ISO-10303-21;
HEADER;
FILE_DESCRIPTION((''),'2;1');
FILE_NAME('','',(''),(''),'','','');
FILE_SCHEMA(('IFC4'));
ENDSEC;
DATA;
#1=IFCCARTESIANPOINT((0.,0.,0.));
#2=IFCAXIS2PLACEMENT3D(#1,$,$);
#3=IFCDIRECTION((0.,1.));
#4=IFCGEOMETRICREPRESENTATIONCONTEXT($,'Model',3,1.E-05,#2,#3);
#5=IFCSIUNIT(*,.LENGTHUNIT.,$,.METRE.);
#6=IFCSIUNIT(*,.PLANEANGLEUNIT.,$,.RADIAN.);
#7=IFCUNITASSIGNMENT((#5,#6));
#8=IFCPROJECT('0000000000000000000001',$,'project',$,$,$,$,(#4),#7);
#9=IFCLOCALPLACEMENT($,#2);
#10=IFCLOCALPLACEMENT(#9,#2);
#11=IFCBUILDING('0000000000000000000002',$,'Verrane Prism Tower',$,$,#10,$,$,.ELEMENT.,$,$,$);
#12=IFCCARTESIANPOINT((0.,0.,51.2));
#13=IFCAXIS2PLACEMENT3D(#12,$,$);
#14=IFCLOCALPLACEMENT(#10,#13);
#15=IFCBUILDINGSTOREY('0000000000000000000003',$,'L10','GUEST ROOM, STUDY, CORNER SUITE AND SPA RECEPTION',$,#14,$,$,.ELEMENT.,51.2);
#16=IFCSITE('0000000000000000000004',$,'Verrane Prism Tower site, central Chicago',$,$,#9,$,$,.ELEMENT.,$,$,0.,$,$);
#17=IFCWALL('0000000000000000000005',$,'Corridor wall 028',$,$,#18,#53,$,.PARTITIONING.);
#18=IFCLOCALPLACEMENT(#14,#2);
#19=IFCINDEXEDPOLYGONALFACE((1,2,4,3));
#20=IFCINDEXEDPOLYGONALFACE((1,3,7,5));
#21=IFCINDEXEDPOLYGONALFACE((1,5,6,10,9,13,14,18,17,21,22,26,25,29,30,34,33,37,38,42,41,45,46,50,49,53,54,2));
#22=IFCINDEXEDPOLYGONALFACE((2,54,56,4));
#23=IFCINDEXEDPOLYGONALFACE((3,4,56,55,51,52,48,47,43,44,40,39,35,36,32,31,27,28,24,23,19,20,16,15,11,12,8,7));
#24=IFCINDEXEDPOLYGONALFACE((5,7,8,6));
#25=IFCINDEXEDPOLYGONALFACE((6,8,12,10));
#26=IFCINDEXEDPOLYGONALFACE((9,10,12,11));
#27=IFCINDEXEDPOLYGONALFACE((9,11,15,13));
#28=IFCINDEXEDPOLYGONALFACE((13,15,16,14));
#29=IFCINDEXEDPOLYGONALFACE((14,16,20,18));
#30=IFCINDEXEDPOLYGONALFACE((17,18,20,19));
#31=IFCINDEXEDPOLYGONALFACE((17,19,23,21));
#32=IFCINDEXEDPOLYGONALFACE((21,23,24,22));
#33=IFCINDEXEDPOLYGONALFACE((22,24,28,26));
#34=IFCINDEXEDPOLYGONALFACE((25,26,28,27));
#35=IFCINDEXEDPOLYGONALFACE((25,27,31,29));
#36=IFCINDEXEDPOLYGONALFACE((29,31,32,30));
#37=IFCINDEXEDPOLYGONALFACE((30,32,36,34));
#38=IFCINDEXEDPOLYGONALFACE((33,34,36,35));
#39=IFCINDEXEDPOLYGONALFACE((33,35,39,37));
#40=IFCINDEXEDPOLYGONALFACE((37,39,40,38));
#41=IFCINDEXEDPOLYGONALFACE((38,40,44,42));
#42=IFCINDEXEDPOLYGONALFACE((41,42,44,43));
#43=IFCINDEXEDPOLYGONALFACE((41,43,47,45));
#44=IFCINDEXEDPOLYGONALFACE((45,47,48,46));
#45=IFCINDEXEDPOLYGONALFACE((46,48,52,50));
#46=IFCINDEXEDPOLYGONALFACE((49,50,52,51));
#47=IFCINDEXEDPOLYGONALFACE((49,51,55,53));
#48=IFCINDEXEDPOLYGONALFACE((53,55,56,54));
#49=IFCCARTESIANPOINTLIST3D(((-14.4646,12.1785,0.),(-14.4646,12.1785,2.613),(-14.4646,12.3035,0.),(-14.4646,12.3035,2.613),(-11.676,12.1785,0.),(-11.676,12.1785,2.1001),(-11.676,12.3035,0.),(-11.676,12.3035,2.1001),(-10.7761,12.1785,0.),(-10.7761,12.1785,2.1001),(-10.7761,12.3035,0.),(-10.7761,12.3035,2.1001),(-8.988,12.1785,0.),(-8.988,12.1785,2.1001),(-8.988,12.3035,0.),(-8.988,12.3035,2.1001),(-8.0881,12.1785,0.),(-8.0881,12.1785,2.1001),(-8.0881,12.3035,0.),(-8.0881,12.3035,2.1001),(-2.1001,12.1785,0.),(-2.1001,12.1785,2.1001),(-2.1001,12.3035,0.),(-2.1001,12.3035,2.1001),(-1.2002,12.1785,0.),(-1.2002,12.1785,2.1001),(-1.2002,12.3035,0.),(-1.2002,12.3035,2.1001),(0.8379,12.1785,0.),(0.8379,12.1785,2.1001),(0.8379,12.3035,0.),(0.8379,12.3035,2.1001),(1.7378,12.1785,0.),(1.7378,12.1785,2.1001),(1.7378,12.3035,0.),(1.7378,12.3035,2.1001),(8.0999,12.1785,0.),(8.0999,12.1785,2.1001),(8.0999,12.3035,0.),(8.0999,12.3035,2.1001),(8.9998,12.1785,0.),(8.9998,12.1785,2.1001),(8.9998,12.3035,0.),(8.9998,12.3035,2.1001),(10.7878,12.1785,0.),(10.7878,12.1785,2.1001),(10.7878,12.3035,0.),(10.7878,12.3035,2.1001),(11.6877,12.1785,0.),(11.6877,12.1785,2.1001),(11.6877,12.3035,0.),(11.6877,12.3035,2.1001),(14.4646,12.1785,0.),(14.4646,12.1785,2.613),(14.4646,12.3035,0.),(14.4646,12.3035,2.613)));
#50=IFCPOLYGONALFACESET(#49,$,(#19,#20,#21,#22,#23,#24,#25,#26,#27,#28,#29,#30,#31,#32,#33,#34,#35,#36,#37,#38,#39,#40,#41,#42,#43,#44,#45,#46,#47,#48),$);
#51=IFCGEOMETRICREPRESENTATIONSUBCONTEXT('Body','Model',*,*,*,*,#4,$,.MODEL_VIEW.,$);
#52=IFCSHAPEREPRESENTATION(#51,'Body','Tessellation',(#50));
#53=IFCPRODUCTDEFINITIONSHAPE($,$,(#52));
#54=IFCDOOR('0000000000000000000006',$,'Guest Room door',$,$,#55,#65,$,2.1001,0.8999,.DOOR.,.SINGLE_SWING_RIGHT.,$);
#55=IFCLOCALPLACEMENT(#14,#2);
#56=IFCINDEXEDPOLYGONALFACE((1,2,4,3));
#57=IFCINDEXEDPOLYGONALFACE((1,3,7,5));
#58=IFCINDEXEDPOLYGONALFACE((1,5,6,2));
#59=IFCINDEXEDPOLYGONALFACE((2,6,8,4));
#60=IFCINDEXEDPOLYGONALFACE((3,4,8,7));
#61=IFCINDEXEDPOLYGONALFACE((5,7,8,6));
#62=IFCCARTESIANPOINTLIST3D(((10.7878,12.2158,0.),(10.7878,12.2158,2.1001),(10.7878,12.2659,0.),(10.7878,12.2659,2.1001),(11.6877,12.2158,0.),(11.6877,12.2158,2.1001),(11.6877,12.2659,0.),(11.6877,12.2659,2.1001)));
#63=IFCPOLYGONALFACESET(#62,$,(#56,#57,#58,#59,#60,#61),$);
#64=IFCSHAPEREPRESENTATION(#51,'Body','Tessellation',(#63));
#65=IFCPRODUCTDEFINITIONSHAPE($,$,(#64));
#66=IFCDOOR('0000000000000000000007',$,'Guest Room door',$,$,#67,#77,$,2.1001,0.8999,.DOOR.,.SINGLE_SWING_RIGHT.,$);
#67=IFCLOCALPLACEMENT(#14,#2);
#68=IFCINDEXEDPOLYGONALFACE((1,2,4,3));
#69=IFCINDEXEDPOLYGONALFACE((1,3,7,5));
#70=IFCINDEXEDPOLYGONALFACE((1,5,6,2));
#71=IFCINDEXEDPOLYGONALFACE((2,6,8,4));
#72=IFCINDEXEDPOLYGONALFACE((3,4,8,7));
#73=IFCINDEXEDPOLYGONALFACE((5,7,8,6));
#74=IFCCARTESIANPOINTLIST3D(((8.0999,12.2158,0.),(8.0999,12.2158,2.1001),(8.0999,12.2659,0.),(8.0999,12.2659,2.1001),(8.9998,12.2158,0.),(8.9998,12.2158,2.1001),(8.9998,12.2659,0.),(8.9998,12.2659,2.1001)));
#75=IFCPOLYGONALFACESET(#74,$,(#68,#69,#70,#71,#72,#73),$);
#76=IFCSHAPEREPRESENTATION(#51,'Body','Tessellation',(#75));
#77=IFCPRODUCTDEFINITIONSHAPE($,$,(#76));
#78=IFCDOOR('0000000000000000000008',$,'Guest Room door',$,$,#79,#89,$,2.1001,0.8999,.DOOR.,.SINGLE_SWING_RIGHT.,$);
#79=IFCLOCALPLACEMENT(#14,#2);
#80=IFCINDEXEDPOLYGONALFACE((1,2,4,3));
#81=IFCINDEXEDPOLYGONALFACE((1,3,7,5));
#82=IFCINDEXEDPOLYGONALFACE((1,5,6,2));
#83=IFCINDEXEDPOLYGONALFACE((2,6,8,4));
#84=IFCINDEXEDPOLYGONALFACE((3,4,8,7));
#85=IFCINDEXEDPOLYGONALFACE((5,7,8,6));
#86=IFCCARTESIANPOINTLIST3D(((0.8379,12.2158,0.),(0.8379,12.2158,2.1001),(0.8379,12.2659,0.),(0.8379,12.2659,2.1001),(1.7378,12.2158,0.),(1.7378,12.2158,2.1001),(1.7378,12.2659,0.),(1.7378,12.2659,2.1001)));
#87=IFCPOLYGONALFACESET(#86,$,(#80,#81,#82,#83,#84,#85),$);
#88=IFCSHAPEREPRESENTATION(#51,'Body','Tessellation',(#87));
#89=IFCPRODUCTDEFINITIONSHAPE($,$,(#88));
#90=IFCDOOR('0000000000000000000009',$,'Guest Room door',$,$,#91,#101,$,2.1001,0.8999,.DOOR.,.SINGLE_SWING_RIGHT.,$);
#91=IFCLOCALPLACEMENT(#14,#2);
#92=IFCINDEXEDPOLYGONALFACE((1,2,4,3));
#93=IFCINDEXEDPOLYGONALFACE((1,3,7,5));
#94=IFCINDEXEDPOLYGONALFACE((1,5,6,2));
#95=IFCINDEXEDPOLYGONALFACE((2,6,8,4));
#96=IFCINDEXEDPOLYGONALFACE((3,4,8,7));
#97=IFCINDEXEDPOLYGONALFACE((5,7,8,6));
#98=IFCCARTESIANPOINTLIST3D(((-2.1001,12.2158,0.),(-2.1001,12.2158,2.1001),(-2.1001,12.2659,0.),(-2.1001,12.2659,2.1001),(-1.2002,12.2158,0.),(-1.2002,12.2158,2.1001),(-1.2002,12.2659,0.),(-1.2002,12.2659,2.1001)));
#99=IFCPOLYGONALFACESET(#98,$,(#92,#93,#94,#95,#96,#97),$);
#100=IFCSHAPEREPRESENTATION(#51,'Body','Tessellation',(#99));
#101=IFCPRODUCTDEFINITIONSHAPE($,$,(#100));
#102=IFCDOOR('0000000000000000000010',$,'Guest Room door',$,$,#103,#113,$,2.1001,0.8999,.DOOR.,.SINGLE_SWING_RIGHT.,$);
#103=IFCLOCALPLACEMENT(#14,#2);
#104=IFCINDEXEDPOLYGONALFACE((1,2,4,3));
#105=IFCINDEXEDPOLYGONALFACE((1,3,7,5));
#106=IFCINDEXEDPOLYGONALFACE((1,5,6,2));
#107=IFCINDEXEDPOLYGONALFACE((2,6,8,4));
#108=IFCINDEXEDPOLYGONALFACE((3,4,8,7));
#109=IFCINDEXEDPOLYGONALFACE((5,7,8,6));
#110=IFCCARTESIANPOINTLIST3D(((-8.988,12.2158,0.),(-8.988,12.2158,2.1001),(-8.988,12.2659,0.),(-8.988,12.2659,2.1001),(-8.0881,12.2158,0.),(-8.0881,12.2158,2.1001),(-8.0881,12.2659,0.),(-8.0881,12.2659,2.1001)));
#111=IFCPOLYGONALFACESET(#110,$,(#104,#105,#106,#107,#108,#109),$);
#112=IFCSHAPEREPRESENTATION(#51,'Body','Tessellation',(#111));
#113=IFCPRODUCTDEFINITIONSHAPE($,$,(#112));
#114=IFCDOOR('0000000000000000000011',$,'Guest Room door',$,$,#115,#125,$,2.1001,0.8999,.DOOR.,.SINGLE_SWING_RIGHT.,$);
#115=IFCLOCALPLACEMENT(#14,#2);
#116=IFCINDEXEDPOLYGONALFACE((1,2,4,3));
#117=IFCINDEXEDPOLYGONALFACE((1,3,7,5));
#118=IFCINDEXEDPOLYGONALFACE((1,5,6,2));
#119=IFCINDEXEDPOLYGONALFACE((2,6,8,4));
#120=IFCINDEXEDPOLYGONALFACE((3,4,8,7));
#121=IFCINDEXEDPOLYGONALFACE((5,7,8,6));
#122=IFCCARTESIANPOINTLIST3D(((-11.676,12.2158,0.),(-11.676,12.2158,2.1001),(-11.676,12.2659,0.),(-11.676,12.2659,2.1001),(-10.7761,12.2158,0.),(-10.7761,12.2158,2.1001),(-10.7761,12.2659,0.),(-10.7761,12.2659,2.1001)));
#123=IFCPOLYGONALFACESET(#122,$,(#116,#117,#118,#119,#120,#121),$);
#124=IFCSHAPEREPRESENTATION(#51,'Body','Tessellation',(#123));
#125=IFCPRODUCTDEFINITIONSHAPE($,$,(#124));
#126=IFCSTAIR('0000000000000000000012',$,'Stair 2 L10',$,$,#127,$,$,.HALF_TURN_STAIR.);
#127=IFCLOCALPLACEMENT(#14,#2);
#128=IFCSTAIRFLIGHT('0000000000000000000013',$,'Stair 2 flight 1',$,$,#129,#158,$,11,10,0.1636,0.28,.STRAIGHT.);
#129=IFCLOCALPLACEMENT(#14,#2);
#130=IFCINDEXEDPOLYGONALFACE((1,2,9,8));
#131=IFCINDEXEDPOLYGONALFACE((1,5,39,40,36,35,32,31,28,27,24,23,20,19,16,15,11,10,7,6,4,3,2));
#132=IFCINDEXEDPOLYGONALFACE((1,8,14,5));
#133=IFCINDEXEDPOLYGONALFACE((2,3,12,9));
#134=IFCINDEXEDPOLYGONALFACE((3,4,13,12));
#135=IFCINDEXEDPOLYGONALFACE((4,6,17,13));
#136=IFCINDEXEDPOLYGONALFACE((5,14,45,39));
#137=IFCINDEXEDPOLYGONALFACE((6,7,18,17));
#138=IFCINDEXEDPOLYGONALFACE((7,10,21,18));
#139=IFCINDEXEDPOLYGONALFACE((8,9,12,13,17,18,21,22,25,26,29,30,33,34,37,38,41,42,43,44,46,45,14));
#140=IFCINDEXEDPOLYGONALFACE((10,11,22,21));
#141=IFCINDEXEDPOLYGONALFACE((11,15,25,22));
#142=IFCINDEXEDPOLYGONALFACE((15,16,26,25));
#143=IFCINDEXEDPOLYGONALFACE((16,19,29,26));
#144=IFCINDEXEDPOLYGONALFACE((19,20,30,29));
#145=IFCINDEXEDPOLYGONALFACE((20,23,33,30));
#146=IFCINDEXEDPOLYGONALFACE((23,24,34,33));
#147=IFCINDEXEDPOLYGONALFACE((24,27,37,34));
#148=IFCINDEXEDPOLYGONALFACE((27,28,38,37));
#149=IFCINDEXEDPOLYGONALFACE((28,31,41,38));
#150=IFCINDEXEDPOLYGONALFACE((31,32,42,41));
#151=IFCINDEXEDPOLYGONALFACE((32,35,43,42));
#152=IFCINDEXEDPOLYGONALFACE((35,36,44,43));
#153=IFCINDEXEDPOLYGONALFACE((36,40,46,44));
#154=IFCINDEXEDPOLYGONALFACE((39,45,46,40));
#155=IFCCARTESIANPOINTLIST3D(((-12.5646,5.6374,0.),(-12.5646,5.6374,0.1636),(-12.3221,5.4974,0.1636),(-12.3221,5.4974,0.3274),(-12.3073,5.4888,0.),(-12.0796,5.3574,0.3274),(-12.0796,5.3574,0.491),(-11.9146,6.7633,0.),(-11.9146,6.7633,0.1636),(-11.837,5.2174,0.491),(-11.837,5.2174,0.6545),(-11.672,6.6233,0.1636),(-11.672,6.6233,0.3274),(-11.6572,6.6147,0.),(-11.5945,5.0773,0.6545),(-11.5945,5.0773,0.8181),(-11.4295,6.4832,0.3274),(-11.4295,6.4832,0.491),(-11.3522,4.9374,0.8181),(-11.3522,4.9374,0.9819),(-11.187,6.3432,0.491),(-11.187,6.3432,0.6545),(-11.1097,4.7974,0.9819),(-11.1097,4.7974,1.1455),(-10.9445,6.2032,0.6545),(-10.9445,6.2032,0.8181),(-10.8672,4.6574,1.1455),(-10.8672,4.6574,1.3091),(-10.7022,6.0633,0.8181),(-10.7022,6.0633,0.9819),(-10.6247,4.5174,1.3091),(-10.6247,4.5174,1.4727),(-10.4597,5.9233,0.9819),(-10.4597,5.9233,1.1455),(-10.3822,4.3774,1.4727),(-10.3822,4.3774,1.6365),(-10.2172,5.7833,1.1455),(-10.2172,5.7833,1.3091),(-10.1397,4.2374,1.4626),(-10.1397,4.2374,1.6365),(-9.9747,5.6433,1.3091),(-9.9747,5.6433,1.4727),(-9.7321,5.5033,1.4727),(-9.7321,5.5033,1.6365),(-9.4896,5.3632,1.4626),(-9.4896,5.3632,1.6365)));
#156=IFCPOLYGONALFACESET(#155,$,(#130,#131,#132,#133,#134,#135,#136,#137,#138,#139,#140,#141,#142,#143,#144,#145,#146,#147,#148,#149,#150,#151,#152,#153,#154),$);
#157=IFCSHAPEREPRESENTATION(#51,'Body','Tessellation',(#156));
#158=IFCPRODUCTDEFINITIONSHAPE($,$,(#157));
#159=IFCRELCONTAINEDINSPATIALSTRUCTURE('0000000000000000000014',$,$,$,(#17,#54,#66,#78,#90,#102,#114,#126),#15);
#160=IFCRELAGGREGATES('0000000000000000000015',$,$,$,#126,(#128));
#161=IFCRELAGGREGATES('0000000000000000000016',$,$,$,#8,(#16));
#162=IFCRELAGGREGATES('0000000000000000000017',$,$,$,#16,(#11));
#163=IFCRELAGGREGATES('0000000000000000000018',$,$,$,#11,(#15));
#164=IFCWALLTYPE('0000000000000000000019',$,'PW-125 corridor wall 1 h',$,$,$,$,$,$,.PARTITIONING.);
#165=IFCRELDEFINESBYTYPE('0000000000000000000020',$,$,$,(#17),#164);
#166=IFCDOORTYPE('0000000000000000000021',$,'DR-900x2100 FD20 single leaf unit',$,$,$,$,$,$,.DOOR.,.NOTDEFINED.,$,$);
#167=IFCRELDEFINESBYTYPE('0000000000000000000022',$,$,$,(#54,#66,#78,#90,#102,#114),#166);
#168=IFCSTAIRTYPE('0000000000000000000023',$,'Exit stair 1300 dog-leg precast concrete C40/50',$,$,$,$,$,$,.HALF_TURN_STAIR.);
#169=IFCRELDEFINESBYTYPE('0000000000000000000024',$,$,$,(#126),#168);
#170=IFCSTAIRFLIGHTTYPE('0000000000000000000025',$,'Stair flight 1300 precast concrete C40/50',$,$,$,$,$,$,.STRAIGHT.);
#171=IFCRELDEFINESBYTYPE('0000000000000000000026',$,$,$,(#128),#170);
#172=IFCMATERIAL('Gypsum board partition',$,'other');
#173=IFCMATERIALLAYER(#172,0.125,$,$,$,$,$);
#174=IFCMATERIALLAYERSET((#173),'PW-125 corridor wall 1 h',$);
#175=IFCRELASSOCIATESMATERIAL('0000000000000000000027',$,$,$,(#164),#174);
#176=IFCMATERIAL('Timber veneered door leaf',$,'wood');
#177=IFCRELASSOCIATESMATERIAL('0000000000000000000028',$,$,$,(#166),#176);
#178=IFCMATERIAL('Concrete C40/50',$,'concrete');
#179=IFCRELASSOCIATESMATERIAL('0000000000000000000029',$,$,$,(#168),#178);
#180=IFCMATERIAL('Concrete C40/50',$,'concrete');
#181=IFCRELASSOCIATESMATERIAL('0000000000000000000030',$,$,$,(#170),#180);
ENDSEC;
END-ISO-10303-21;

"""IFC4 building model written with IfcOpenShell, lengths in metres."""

from ifc_helpers import new_model, si_unit, direction, frame, frame_2d, origin, place, context, subcontext, project, spatial, polyline, rectangle, outline, extrude, material, layer, layer_set, type_object, element, fill, aggregate, save


model = new_model("IFC4")

# Units and contexts
model_context = context("Model", 3, precision=1e-05, world=origin(), true_north=direction((0.0, 1.0)))
body_context = subcontext(model_context, "Body", "Model", "MODEL_VIEW")
ifc_project = project(units=[si_unit("LENGTHUNIT", "METRE"), si_unit("PLANEANGLEUNIT", "RADIAN")], contexts=[model_context])

# Site, building, storey
site_placement = place(None, origin())
site = spatial("IfcSite", under=ifc_project, at=site_placement, Name="Verrane Prism Tower site, central Chicago", CompositionType="ELEMENT", RefElevation=0.0)
building_placement = place(site_placement, origin())
building = spatial("IfcBuilding", under=site, at=building_placement, Name="Verrane Prism Tower", CompositionType="ELEMENT")
storey_placement = place(building_placement, frame((0.0, 0.0, 51.2)))
storey = spatial("IfcBuildingStorey", under=building, at=storey_placement, Name="L10", Description="GUEST ROOM, STUDY, CORNER SUITE AND SPA RECEPTION", CompositionType="ELEMENT", Elevation=51.2)

# Wall, openings, doors
ifc_material_1 = material(Name="Gypsum board partition", Category="other")
ifc_layer_1 = layer(ifc_material_1, 0.125)
ifc_layer_set_1 = layer_set([ifc_layer_1], Name="PW-125 corridor wall 1 h")
wall_type_1 = type_object("IfcWallType", Name="PW-125 corridor wall 1 h", PredefinedType="PARTITIONING", material=ifc_layer_set_1)
wall_1_placement = place(storey_placement, frame((-14.4646, 12.241, 0.0), z_axis=(0.0, 0.0, 1.0), x_axis=(1.0, 0.0, 0.0)))
wall_1 = element("IfcWall", 1, at=wall_1_placement, inside=storey, type_object=wall_type_1, Name="Corridor wall 028", PredefinedType="PARTITIONING", context=body_context, shape_type="SweptSolid", body=[
    extrude(rectangle(XDim=28.9292, YDim=0.125, at=frame_2d((14.4646, 0.0))), origin(), (0.0, 0.0, 1.0), 2.613),
])
opening_1_placement = place(wall_1_placement, frame((25.2524, 0.0, 0.0)))
opening_1 = element("IfcOpeningElement", 2, at=opening_1_placement, cuts=wall_1, PredefinedType="OPENING", context=body_context, shape_type="SweptSolid", body=[
    extrude(rectangle(XDim=0.8999, YDim=2.1001, at=frame_2d((0.45, 1.05))), frame((0.0, 0.0725, 0.0), z_axis=(0.0, -1.0, 0.0), x_axis=(1.0, 0.0, 0.0)), (0.0, 0.0, 1.0), 0.145),
])
opening_2_placement = place(wall_1_placement, frame((22.5645, 0.0, 0.0)))
opening_2 = element("IfcOpeningElement", 3, at=opening_2_placement, cuts=wall_1, PredefinedType="OPENING", context=body_context, shape_type="SweptSolid", body=[
    extrude(rectangle(XDim=0.8999, YDim=2.1001, at=frame_2d((0.45, 1.05))), frame((0.0, 0.0725, 0.0), z_axis=(0.0, -1.0, 0.0), x_axis=(1.0, 0.0, 0.0)), (0.0, 0.0, 1.0), 0.145),
])
opening_3_placement = place(wall_1_placement, frame((15.3025, 0.0, 0.0)))
opening_3 = element("IfcOpeningElement", 4, at=opening_3_placement, cuts=wall_1, PredefinedType="OPENING", context=body_context, shape_type="SweptSolid", body=[
    extrude(rectangle(XDim=0.8999, YDim=2.1001, at=frame_2d((0.45, 1.05))), frame((0.0, 0.0725, 0.0), z_axis=(0.0, -1.0, 0.0), x_axis=(1.0, 0.0, 0.0)), (0.0, 0.0, 1.0), 0.145),
])
opening_4_placement = place(wall_1_placement, frame((12.3645, 0.0, 0.0)))
opening_4 = element("IfcOpeningElement", 5, at=opening_4_placement, cuts=wall_1, PredefinedType="OPENING", context=body_context, shape_type="SweptSolid", body=[
    extrude(rectangle(XDim=0.8999, YDim=2.1001, at=frame_2d((0.45, 1.05))), frame((0.0, 0.0725, 0.0), z_axis=(0.0, -1.0, 0.0), x_axis=(1.0, 0.0, 0.0)), (0.0, 0.0, 1.0), 0.145),
])
opening_5_placement = place(wall_1_placement, frame((5.4766, 0.0, 0.0)))
opening_5 = element("IfcOpeningElement", 6, at=opening_5_placement, cuts=wall_1, PredefinedType="OPENING", context=body_context, shape_type="SweptSolid", body=[
    extrude(rectangle(XDim=0.8999, YDim=2.1001, at=frame_2d((0.45, 1.05))), frame((0.0, 0.0725, 0.0), z_axis=(0.0, -1.0, 0.0), x_axis=(1.0, 0.0, 0.0)), (0.0, 0.0, 1.0), 0.145),
])
opening_6_placement = place(wall_1_placement, frame((2.7886, 0.0, 0.0)))
opening_6 = element("IfcOpeningElement", 7, at=opening_6_placement, cuts=wall_1, PredefinedType="OPENING", context=body_context, shape_type="SweptSolid", body=[
    extrude(rectangle(XDim=0.8999, YDim=2.1001, at=frame_2d((0.45, 1.05))), frame((0.0, 0.0725, 0.0), z_axis=(0.0, -1.0, 0.0), x_axis=(1.0, 0.0, 0.0)), (0.0, 0.0, 1.0), 0.145),
])
ifc_material_2 = material(Name="Timber veneered door leaf", Category="wood")
door_type = type_object("IfcDoorType", Name="DR-900x2100 FD20 single leaf unit", OperationType="NOTDEFINED", PredefinedType="DOOR", material=ifc_material_2)
door_1_placement = place(opening_1_placement, origin())
door_1 = element("IfcDoor", 8, at=door_1_placement, inside=storey, type_object=door_type, Name="Guest Room door", OperationType="SINGLE_SWING_RIGHT", OverallHeight=2.1001, OverallWidth=0.8999, PredefinedType="DOOR", context=body_context, shape_type="SweptSolid", body=[
    extrude(rectangle(XDim=0.8999, YDim=2.1001, at=frame_2d((0.45, 1.05))), frame((0.0, 0.0249, 0.0), z_axis=(0.0, -1.0, 0.0), x_axis=(1.0, 0.0, 0.0)), (0.0, 0.0, 1.0), 0.05),
])
fill(opening_1, door_1)
door_2_placement = place(opening_2_placement, origin())
door_2 = element("IfcDoor", 9, at=door_2_placement, inside=storey, type_object=door_type, Name="Guest Room door", OperationType="SINGLE_SWING_RIGHT", OverallHeight=2.1001, OverallWidth=0.8999, PredefinedType="DOOR", context=body_context, shape_type="SweptSolid", body=[
    extrude(rectangle(XDim=0.8999, YDim=2.1001, at=frame_2d((0.45, 1.05))), frame((0.0, 0.0249, 0.0), z_axis=(0.0, -1.0, 0.0), x_axis=(1.0, 0.0, 0.0)), (0.0, 0.0, 1.0), 0.05),
])
fill(opening_2, door_2)
door_3_placement = place(opening_3_placement, origin())
door_3 = element("IfcDoor", 10, at=door_3_placement, inside=storey, type_object=door_type, Name="Guest Room door", OperationType="SINGLE_SWING_RIGHT", OverallHeight=2.1001, OverallWidth=0.8999, PredefinedType="DOOR", context=body_context, shape_type="SweptSolid", body=[
    extrude(rectangle(XDim=0.8999, YDim=2.1001, at=frame_2d((0.45, 1.05))), frame((0.0, 0.0249, 0.0), z_axis=(0.0, -1.0, 0.0), x_axis=(1.0, 0.0, 0.0)), (0.0, 0.0, 1.0), 0.05),
])
fill(opening_3, door_3)
door_4_placement = place(opening_4_placement, origin())
door_4 = element("IfcDoor", 11, at=door_4_placement, inside=storey, type_object=door_type, Name="Guest Room door", OperationType="SINGLE_SWING_RIGHT", OverallHeight=2.1001, OverallWidth=0.8999, PredefinedType="DOOR", context=body_context, shape_type="SweptSolid", body=[
    extrude(rectangle(XDim=0.8999, YDim=2.1001, at=frame_2d((0.45, 1.05))), frame((0.0, 0.0249, 0.0), z_axis=(0.0, -1.0, 0.0), x_axis=(1.0, 0.0, 0.0)), (0.0, 0.0, 1.0), 0.05),
])
fill(opening_4, door_4)
door_5_placement = place(opening_5_placement, origin())
door_5 = element("IfcDoor", 12, at=door_5_placement, inside=storey, type_object=door_type, Name="Guest Room door", OperationType="SINGLE_SWING_RIGHT", OverallHeight=2.1001, OverallWidth=0.8999, PredefinedType="DOOR", context=body_context, shape_type="SweptSolid", body=[
    extrude(rectangle(XDim=0.8999, YDim=2.1001, at=frame_2d((0.45, 1.05))), frame((0.0, 0.0249, 0.0), z_axis=(0.0, -1.0, 0.0), x_axis=(1.0, 0.0, 0.0)), (0.0, 0.0, 1.0), 0.05),
])
fill(opening_5, door_5)
door_6_placement = place(opening_6_placement, origin())
door_6 = element("IfcDoor", 13, at=door_6_placement, inside=storey, type_object=door_type, Name="Guest Room door", OperationType="SINGLE_SWING_RIGHT", OverallHeight=2.1001, OverallWidth=0.8999, PredefinedType="DOOR", context=body_context, shape_type="SweptSolid", body=[
    extrude(rectangle(XDim=0.8999, YDim=2.1001, at=frame_2d((0.45, 1.05))), frame((0.0, 0.0249, 0.0), z_axis=(0.0, -1.0, 0.0), x_axis=(1.0, 0.0, 0.0)), (0.0, 0.0, 1.0), 0.05),
])
fill(opening_6, door_6)

# Stair, stair flight
ifc_material_3 = material(Name="Concrete C40/50", Category="concrete")
stair_type = type_object("IfcStairType", Name="Exit stair 1300 dog-leg precast concrete C40/50", PredefinedType="HALF_TURN_STAIR", material=ifc_material_3)
stair_placement = place(storey_placement, origin())
stair = element("IfcStair", 14, at=stair_placement, inside=storey, type_object=stair_type, Name="Stair 2 L10", PredefinedType="HALF_TURN_STAIR")
ifc_material_4 = material(Name="Concrete C40/50", Category="concrete")
stair_flight_type = type_object("IfcStairFlightType", Name="Stair flight 1300 precast concrete C40/50", PredefinedType="STRAIGHT", material=ifc_material_4)
stair_flight_1_placement = place(storey_placement, frame((-12.2395, 6.2004, 0.0), z_axis=(0.0, 0.0, 1.0), x_axis=(0.866025, -0.5, 0.0)))
stair_flight_1 = element("IfcStairFlight", 15, at=stair_flight_1_placement, type_object=stair_flight_type, Name="Stair 2 flight 1", NumberOfRisers=11, NumberOfTreads=10, PredefinedType="STRAIGHT", RiserHeight=0.1636, TreadLength=0.28, context=body_context, shape_type="SweptSolid", body=[
    extrude(outline(polyline([(0.0, 0.0), (0.0, 0.1636), (0.28, 0.1636), (0.28, 0.3274), (0.5601, 0.3274), (0.5601, 0.491), (0.8401, 0.491), (0.8401, 0.6545), (1.1201, 0.6545), (1.1201, 0.8181), (1.3999, 0.8181), (1.3999, 0.9819), (1.6799, 0.9819), (1.6799, 1.1455), (1.96, 1.1455), (1.96, 1.3091), (2.24, 1.3091), (2.24, 1.4727), (2.52, 1.4727), (2.52, 1.6365), (2.8, 1.6365), (2.8, 1.8), (2.8, 1.4626), (0.2971, 0.0), (0.0, 0.0)])), frame((0.0, 0.6499, 0.0), z_axis=(0.0, -1.0, 0.0), x_axis=(1.0, 0.0, 0.0)), (0.0, 0.0, 1.0), 1.3),
])
aggregate(stair, [stair_flight_1])

save(model, "model.ifc")
